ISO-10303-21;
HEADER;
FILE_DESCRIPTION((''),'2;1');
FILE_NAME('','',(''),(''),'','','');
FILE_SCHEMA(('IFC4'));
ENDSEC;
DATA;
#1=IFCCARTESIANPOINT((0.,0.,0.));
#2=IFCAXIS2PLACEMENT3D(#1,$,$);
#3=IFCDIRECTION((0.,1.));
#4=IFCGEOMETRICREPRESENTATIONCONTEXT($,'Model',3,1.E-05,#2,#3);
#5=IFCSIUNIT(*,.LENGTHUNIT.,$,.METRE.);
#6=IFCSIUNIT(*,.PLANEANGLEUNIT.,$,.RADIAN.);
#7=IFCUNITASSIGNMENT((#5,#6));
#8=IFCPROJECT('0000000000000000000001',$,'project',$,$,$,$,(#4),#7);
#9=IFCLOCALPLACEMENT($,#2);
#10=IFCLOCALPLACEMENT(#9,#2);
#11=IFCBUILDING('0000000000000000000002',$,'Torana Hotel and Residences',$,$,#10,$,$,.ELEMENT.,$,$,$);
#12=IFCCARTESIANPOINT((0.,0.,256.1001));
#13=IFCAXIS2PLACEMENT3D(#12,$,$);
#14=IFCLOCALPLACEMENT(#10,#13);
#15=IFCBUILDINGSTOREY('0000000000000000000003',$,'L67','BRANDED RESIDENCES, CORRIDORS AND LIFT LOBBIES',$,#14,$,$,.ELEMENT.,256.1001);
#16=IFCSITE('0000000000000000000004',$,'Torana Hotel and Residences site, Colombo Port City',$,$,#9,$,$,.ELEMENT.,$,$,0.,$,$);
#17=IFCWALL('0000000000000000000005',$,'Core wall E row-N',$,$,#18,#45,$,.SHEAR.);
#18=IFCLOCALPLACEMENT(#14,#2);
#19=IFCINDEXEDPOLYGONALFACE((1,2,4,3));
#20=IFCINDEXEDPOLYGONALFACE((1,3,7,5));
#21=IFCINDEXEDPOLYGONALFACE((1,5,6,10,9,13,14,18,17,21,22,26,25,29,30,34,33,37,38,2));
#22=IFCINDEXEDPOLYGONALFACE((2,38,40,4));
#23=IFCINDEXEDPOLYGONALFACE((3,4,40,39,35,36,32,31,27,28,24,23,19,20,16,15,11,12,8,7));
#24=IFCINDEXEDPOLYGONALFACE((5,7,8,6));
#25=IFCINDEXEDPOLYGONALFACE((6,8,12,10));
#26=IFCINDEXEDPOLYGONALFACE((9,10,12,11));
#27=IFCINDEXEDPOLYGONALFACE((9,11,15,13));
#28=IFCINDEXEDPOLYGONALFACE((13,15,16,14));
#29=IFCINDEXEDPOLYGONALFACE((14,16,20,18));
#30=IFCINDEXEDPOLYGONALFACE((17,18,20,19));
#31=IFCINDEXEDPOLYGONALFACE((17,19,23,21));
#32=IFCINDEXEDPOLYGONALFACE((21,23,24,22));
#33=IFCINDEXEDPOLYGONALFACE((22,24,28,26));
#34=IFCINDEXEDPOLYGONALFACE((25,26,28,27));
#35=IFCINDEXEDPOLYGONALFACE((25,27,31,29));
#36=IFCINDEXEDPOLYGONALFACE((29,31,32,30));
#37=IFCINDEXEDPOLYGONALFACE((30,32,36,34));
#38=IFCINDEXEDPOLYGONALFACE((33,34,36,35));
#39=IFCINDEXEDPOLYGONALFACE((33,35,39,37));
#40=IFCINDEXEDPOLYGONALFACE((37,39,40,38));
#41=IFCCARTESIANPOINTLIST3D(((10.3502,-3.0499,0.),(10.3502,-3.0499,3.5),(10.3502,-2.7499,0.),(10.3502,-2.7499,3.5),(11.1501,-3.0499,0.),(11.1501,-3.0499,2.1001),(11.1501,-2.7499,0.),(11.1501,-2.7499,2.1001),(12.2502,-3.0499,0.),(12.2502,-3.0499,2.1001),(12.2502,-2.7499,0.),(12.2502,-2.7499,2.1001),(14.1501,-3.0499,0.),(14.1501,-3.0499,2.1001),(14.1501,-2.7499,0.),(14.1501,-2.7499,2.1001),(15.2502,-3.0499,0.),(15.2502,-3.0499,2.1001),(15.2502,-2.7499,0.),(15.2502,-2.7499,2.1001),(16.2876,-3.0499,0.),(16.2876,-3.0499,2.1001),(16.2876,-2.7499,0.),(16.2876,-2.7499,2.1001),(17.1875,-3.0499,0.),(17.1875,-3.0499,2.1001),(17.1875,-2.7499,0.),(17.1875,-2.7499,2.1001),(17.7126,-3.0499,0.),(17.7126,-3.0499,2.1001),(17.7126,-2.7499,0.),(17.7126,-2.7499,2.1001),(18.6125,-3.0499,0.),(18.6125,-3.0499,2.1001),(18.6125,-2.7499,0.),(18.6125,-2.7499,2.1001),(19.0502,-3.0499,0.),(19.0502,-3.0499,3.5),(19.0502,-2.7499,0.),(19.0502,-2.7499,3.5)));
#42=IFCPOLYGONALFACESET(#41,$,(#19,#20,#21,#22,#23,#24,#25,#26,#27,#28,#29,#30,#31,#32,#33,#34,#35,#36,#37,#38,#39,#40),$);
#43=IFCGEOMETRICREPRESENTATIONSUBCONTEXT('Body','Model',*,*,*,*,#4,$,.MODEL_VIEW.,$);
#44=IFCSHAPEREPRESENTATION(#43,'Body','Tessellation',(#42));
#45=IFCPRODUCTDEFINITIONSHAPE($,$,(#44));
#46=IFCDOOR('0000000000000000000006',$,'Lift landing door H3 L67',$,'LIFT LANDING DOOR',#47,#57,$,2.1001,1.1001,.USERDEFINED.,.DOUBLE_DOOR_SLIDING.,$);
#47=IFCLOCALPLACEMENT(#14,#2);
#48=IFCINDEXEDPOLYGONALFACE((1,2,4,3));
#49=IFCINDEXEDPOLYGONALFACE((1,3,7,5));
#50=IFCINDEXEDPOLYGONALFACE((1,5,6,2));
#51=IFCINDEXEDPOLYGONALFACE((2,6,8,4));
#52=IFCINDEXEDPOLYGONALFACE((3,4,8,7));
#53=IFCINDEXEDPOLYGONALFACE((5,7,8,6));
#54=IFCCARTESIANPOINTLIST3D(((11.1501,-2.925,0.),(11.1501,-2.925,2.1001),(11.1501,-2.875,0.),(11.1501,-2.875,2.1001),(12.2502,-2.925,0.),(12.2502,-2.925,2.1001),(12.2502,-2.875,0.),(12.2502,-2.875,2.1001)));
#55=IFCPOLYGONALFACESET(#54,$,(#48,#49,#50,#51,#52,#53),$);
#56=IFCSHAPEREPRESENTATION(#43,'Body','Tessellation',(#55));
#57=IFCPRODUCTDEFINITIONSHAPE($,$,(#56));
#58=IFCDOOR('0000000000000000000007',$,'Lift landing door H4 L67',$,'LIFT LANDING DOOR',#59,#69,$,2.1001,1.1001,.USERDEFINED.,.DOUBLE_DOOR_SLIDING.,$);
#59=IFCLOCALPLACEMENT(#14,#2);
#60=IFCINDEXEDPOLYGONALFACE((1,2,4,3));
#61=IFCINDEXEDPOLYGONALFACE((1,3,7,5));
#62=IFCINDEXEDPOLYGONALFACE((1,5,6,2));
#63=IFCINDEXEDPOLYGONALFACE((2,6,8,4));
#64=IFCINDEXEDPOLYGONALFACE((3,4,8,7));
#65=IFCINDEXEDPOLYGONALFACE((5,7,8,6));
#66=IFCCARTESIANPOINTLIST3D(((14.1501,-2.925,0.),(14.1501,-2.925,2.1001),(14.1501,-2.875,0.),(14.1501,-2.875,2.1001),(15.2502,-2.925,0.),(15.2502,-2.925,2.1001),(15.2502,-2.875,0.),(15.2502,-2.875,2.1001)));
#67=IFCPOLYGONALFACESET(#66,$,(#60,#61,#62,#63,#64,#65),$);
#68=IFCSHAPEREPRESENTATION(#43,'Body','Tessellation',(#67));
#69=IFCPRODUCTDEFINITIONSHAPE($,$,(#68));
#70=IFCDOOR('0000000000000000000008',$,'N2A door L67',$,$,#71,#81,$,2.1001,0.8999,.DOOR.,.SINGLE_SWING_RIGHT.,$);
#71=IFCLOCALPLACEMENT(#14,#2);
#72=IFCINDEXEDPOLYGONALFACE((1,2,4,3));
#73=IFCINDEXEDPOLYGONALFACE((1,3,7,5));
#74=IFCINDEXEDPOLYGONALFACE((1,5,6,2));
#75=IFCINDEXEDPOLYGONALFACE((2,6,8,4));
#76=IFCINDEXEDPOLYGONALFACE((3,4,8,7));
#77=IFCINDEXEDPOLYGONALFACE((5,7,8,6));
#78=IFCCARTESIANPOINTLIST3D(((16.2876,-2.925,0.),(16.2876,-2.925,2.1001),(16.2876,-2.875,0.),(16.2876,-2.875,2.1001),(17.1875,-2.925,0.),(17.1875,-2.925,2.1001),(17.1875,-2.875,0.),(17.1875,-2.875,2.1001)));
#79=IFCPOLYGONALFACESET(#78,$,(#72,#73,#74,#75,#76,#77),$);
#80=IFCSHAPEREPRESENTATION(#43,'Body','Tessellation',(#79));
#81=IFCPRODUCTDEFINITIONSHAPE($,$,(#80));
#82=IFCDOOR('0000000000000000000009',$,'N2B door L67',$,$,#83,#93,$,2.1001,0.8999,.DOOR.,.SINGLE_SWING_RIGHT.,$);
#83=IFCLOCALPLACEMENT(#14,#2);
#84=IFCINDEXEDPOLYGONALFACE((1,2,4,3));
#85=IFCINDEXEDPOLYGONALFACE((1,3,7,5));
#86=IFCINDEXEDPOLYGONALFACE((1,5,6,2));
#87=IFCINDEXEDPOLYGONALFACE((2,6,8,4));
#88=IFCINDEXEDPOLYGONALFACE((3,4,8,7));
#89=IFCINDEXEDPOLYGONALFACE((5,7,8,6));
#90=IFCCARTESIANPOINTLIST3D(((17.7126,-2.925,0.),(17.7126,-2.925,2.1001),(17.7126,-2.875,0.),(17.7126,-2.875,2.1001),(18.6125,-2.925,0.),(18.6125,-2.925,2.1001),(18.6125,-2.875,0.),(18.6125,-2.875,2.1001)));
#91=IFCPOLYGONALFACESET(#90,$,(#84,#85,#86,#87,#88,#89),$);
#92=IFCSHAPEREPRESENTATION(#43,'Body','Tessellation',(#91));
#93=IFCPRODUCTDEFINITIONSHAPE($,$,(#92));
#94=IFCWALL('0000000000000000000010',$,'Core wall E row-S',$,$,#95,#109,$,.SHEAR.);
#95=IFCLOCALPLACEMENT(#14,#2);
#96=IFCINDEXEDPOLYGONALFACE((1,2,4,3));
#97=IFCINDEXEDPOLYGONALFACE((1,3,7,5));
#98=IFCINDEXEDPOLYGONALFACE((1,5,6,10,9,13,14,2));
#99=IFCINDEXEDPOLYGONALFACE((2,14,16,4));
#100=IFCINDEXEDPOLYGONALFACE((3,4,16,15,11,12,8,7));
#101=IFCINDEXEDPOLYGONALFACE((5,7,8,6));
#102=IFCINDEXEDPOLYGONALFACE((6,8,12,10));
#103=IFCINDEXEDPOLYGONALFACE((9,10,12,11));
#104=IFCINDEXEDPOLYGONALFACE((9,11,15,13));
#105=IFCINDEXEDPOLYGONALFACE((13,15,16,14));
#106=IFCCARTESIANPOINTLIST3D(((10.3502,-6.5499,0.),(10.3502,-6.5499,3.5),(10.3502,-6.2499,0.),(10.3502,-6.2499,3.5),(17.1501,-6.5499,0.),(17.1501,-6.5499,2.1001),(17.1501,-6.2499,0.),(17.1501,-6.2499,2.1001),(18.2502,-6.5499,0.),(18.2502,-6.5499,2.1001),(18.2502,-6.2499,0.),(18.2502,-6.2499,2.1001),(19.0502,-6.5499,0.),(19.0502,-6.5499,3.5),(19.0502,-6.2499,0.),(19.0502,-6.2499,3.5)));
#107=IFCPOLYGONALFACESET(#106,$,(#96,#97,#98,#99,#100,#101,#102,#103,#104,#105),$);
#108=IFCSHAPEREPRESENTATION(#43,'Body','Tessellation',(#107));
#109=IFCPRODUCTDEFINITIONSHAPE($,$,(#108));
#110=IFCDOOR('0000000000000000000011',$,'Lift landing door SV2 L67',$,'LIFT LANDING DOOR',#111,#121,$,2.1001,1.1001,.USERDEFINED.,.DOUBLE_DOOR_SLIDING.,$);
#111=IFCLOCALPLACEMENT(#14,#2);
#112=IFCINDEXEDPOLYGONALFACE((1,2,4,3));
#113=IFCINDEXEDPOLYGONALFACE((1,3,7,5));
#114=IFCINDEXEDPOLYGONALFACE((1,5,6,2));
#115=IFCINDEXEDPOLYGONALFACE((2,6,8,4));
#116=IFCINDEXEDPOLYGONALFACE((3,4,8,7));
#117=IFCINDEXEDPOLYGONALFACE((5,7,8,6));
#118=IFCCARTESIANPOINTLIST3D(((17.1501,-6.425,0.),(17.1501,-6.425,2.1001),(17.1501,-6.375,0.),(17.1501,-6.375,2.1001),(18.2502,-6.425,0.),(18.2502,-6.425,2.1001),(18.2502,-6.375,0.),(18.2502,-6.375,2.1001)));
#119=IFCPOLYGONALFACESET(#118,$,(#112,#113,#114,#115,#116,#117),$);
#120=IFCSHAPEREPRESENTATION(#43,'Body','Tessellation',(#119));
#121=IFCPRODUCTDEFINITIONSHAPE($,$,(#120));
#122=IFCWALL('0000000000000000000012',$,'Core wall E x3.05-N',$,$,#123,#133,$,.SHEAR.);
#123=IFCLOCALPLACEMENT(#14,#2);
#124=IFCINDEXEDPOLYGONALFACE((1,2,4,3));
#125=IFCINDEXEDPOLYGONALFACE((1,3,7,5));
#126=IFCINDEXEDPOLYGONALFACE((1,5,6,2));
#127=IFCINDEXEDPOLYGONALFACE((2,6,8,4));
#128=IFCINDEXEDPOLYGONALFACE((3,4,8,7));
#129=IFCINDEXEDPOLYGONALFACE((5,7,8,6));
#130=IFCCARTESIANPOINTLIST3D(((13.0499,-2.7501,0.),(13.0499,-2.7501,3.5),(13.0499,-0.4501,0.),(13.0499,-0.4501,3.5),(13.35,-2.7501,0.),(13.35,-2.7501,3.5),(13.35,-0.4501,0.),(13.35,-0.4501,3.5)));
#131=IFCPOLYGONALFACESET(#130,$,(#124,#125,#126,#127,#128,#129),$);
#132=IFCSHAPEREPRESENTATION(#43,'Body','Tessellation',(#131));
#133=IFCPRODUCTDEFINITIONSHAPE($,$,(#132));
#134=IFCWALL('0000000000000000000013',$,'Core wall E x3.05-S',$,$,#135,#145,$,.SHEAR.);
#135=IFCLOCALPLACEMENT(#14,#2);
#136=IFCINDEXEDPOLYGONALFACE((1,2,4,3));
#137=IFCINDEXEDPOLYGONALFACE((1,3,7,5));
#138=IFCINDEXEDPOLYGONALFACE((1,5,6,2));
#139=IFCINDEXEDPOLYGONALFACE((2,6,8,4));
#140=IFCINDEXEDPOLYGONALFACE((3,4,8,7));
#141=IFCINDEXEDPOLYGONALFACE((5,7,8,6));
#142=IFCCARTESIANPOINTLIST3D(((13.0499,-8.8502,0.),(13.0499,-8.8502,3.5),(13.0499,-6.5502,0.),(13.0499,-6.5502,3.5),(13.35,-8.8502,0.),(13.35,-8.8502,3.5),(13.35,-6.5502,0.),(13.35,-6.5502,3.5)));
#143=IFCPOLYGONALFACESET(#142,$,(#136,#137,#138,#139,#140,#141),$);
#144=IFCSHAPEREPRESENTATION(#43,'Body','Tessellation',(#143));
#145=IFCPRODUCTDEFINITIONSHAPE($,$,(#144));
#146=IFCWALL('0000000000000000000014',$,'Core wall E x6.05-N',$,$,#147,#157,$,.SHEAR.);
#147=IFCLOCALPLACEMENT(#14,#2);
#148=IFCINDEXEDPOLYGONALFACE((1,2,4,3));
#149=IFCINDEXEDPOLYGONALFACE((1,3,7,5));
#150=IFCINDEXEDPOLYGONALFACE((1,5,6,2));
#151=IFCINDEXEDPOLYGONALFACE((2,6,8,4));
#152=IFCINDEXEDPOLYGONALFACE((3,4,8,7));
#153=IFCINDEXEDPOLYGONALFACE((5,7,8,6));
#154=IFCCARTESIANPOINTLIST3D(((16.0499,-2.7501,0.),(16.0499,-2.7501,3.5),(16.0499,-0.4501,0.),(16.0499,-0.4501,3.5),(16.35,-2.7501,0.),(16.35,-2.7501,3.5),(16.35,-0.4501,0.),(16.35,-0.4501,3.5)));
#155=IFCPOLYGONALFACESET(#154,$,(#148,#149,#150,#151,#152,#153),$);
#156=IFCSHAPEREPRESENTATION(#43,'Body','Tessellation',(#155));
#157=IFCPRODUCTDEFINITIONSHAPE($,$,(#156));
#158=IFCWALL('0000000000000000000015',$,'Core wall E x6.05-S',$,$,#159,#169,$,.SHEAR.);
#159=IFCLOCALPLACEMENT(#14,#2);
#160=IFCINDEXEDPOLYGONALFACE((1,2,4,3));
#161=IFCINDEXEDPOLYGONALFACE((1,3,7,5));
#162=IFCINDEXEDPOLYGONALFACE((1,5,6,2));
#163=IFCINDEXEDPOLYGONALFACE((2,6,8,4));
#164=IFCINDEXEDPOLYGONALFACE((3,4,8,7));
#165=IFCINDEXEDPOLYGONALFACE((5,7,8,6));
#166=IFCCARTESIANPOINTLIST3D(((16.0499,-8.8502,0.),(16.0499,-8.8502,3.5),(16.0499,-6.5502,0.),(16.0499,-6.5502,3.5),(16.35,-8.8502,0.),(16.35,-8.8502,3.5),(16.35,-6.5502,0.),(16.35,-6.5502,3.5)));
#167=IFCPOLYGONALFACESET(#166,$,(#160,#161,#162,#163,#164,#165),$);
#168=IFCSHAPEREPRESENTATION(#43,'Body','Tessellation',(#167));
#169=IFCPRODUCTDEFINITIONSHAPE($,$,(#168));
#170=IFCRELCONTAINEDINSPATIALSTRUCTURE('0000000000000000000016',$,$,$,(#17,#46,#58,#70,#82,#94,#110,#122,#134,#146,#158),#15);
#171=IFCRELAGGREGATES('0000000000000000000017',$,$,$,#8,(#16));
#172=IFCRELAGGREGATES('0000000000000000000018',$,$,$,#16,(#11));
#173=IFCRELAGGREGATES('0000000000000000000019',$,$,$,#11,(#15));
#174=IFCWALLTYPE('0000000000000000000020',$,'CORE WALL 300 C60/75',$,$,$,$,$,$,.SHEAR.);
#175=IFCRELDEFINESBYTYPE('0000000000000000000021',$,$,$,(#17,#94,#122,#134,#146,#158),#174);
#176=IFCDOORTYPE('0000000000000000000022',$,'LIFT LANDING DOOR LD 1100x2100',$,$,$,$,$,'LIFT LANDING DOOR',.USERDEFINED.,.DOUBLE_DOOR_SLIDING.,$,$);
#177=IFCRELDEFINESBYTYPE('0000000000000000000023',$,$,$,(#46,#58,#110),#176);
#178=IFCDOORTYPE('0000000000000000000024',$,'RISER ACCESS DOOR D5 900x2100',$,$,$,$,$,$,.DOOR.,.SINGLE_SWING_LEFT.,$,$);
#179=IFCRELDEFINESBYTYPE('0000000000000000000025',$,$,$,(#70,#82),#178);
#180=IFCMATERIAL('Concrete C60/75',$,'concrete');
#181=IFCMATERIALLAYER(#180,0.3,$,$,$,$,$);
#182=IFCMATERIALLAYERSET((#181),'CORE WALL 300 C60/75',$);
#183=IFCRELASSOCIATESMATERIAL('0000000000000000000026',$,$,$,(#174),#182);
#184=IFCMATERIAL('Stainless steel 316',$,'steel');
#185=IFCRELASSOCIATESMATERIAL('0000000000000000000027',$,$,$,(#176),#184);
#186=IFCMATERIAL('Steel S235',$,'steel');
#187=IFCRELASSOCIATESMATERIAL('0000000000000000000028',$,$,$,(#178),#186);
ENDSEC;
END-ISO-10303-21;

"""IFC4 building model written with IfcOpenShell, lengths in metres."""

from ifc_helpers import new_model, si_unit, direction, frame, frame_2d, origin, place, context, subcontext, project, spatial, rectangle, extrude, material, layer, layer_set, type_object, element, fill, save


model = new_model("IFC4")

# Units and contexts
model_context = context("Model", 3, precision=1e-05, world=origin(), true_north=direction((0.0, 1.0)))
body_context = subcontext(model_context, "Body", "Model", "MODEL_VIEW")
ifc_project = project(units=[si_unit("LENGTHUNIT", "METRE"), si_unit("PLANEANGLEUNIT", "RADIAN")], contexts=[model_context])

# Site, building, storey
site_placement = place(None, origin())
site = spatial("IfcSite", under=ifc_project, at=site_placement, Name="Torana Hotel and Residences site, Colombo Port City", CompositionType="ELEMENT", RefElevation=0.0)
building_placement = place(site_placement, origin())
building = spatial("IfcBuilding", under=site, at=building_placement, Name="Torana Hotel and Residences", CompositionType="ELEMENT")
storey_placement = place(building_placement, frame((0.0, 0.0, 256.1001)))
storey = spatial("IfcBuildingStorey", under=building, at=storey_placement, Name="L67", Description="BRANDED RESIDENCES, CORRIDORS AND LIFT LOBBIES", CompositionType="ELEMENT", Elevation=256.1001)

# Wall, openings, doors
ifc_material_1 = material(Name="Concrete C60/75", Category="concrete")
ifc_layer_1 = layer(ifc_material_1, 0.3)
ifc_layer_set_1 = layer_set([ifc_layer_1], Name="CORE WALL 300 C60/75")
wall_type_1 = type_object("IfcWallType", Name="CORE WALL 300 C60/75", PredefinedType="SHEAR", material=ifc_layer_set_1)
wall_1_placement = place(storey_placement, frame((10.3501, -2.8999, 0.0), z_axis=(0.0, 0.0, 1.0), x_axis=(1.0, 0.0, 0.0)))
wall_1 = element("IfcWall", 1, at=wall_1_placement, inside=storey, type_object=wall_type_1, Name="Core wall E row-N", PredefinedType="SHEAR", context=body_context, shape_type="SweptSolid", body=[
    extrude(rectangle(XDim=8.7, YDim=0.3, at=frame_2d((4.3501, 0.0))), origin(), (0.0, 0.0, 1.0), 3.5),
])
opening_1_placement = place(wall_1_placement, frame((0.8, 0.0, 0.0)))
opening_1 = element("IfcOpeningElement", 2, at=opening_1_placement, cuts=wall_1, PredefinedType="OPENING", context=body_context, shape_type="SweptSolid", body=[
    extrude(rectangle(XDim=1.1001, YDim=2.1001, at=frame_2d((0.55, 1.05))), frame((0.0, 0.1599, 0.0), z_axis=(0.0, -1.0, 0.0), x_axis=(1.0, 0.0, 0.0)), (0.0, 0.0, 1.0), 0.3201),
])
opening_2_placement = place(wall_1_placement, frame((3.8, 0.0, 0.0)))
opening_2 = element("IfcOpeningElement", 3, at=opening_2_placement, cuts=wall_1, PredefinedType="OPENING", context=body_context, shape_type="SweptSolid", body=[
    extrude(rectangle(XDim=1.1001, YDim=2.1001, at=frame_2d((0.55, 1.05))), frame((0.0, 0.1599, 0.0), z_axis=(0.0, -1.0, 0.0), x_axis=(1.0, 0.0, 0.0)), (0.0, 0.0, 1.0), 0.3201),
])
opening_3_placement = place(wall_1_placement, frame((5.9375, 0.0, 0.0)))
opening_3 = element("IfcOpeningElement", 4, at=opening_3_placement, cuts=wall_1, PredefinedType="OPENING", context=body_context, shape_type="SweptSolid", body=[
    extrude(rectangle(XDim=0.8999, YDim=2.1001, at=frame_2d((0.45, 1.05))), frame((0.0, 0.1599, 0.0), z_axis=(0.0, -1.0, 0.0), x_axis=(1.0, 0.0, 0.0)), (0.0, 0.0, 1.0), 0.3201),
])
opening_4_placement = place(wall_1_placement, frame((7.3625, 0.0, 0.0)))
opening_4 = element("IfcOpeningElement", 5, at=opening_4_placement, cuts=wall_1, PredefinedType="OPENING", context=body_context, shape_type="SweptSolid", body=[
    extrude(rectangle(XDim=0.8999, YDim=2.1001, at=frame_2d((0.45, 1.05))), frame((0.0, 0.1599, 0.0), z_axis=(0.0, -1.0, 0.0), x_axis=(1.0, 0.0, 0.0)), (0.0, 0.0, 1.0), 0.3201),
])
ifc_material_2 = material(Name="Stainless steel 316", Category="steel")
door_type_1 = type_object("IfcDoorType", Name="LIFT LANDING DOOR LD 1100x2100", ElementType="LIFT LANDING DOOR", OperationType="DOUBLE_DOOR_SLIDING", PredefinedType="USERDEFINED", material=ifc_material_2)
door_1_placement = place(opening_1_placement, origin())
door_1 = element("IfcDoor", 6, at=door_1_placement, inside=storey, type_object=door_type_1, Name="Lift landing door H3 L67", ObjectType="LIFT LANDING DOOR", OperationType="DOUBLE_DOOR_SLIDING", OverallHeight=2.1001, OverallWidth=1.1001, PredefinedType="USERDEFINED", context=body_context, shape_type="SweptSolid", body=[
    extrude(rectangle(XDim=1.1001, YDim=2.1001, at=frame_2d((0.55, 1.05))), frame((0.0, 0.0249, 0.0), z_axis=(0.0, -1.0, 0.0), x_axis=(1.0, 0.0, 0.0)), (0.0, 0.0, 1.0), 0.05),
])
fill(opening_1, door_1)
door_2_placement = place(opening_2_placement, origin())
door_2 = element("IfcDoor", 7, at=door_2_placement, inside=storey, type_object=door_type_1, Name="Lift landing door H4 L67", ObjectType="LIFT LANDING DOOR", OperationType="DOUBLE_DOOR_SLIDING", OverallHeight=2.1001, OverallWidth=1.1001, PredefinedType="USERDEFINED", context=body_context, shape_type="SweptSolid", body=[
    extrude(rectangle(XDim=1.1001, YDim=2.1001, at=frame_2d((0.55, 1.05))), frame((0.0, 0.0249, 0.0), z_axis=(0.0, -1.0, 0.0), x_axis=(1.0, 0.0, 0.0)), (0.0, 0.0, 1.0), 0.05),
])
fill(opening_2, door_2)
ifc_material_3 = material(Name="Steel S235", Category="steel")
door_type_2 = type_object("IfcDoorType", Name="RISER ACCESS DOOR D5 900x2100", OperationType="SINGLE_SWING_LEFT", PredefinedType="DOOR", material=ifc_material_3)
door_3_placement = place(opening_3_placement, origin())
door_3 = element("IfcDoor", 8, at=door_3_placement, inside=storey, type_object=door_type_2, Name="N2A door L67", OperationType="SINGLE_SWING_RIGHT", OverallHeight=2.1001, OverallWidth=0.8999, PredefinedType="DOOR", context=body_context, shape_type="SweptSolid", body=[
    extrude(rectangle(XDim=0.8999, YDim=2.1001, at=frame_2d((0.45, 1.05))), frame((0.0, 0.0249, 0.0), z_axis=(0.0, -1.0, 0.0), x_axis=(1.0, 0.0, 0.0)), (0.0, 0.0, 1.0), 0.05),
])
fill(opening_3, door_3)
door_4_placement = place(opening_4_placement, origin())
door_4 = element("IfcDoor", 9, at=door_4_placement, inside=storey, type_object=door_type_2, Name="N2B door L67", OperationType="SINGLE_SWING_RIGHT", OverallHeight=2.1001, OverallWidth=0.8999, PredefinedType="DOOR", context=body_context, shape_type="SweptSolid", body=[
    extrude(rectangle(XDim=0.8999, YDim=2.1001, at=frame_2d((0.45, 1.05))), frame((0.0, 0.0249, 0.0), z_axis=(0.0, -1.0, 0.0), x_axis=(1.0, 0.0, 0.0)), (0.0, 0.0, 1.0), 0.05),
])
fill(opening_4, door_4)

# Wall, opening, door
wall_2_placement = place(storey_placement, frame((10.3501, -6.3999, 0.0), z_axis=(0.0, 0.0, 1.0), x_axis=(1.0, 0.0, 0.0)))
wall_2 = element("IfcWall", 10, at=wall_2_placement, inside=storey, type_object=wall_type_1, Name="Core wall E row-S", PredefinedType="SHEAR", context=body_context, shape_type="SweptSolid", body=[
    extrude(rectangle(XDim=8.7, YDim=0.3, at=frame_2d((4.3501, 0.0))), origin(), (0.0, 0.0, 1.0), 3.5),
])
opening_5_placement = place(wall_2_placement, frame((6.8, 0.0, 0.0)))
opening_5 = element("IfcOpeningElement", 11, at=opening_5_placement, cuts=wall_2, PredefinedType="OPENING", context=body_context, shape_type="SweptSolid", body=[
    extrude(rectangle(XDim=1.1001, YDim=2.1001, at=frame_2d((0.55, 1.05))), frame((0.0, 0.1599, 0.0), z_axis=(0.0, -1.0, 0.0), x_axis=(1.0, 0.0, 0.0)), (0.0, 0.0, 1.0), 0.3201),
])
door_5_placement = place(opening_5_placement, origin())
door_5 = element("IfcDoor", 12, at=door_5_placement, inside=storey, type_object=door_type_1, Name="Lift landing door SV2 L67", ObjectType="LIFT LANDING DOOR", OperationType="DOUBLE_DOOR_SLIDING", OverallHeight=2.1001, OverallWidth=1.1001, PredefinedType="USERDEFINED", context=body_context, shape_type="SweptSolid", body=[
    extrude(rectangle(XDim=1.1001, YDim=2.1001, at=frame_2d((0.55, 1.05))), frame((0.0, 0.0249, 0.0), z_axis=(0.0, -1.0, 0.0), x_axis=(1.0, 0.0, 0.0)), (0.0, 0.0, 1.0), 0.05),
])
fill(opening_5, door_5)

# Walls
for number, where, z_axis, x_axis, name in (
    (13, (13.2, -2.75, 0.0), (0.0, 0.0, 1.0), (0.0, 1.0, 0.0), "Core wall E x3.05-N"),
    (14, (13.2, -8.8501, 0.0), (0.0, 0.0, 1.0), (0.0, 1.0, 0.0), "Core wall E x3.05-S"),
    (15, (16.2, -2.75, 0.0), (0.0, 0.0, 1.0), (0.0, 1.0, 0.0), "Core wall E x6.05-N"),
    (16, (16.2, -8.8501, 0.0), (0.0, 0.0, 1.0), (0.0, 1.0, 0.0), "Core wall E x6.05-S"),
):
    element("IfcWall", number, at=place(storey_placement, frame(where, z_axis=z_axis, x_axis=x_axis)), inside=storey, type_object=wall_type_1, Name=name, PredefinedType="SHEAR", context=body_context, shape_type="SweptSolid", body=[
        extrude(rectangle(XDim=2.3, YDim=0.3, at=frame_2d((1.1499, 0.0))), origin(), (0.0, 0.0, 1.0), 3.5),
    ])

save(model, "model.ifc")
